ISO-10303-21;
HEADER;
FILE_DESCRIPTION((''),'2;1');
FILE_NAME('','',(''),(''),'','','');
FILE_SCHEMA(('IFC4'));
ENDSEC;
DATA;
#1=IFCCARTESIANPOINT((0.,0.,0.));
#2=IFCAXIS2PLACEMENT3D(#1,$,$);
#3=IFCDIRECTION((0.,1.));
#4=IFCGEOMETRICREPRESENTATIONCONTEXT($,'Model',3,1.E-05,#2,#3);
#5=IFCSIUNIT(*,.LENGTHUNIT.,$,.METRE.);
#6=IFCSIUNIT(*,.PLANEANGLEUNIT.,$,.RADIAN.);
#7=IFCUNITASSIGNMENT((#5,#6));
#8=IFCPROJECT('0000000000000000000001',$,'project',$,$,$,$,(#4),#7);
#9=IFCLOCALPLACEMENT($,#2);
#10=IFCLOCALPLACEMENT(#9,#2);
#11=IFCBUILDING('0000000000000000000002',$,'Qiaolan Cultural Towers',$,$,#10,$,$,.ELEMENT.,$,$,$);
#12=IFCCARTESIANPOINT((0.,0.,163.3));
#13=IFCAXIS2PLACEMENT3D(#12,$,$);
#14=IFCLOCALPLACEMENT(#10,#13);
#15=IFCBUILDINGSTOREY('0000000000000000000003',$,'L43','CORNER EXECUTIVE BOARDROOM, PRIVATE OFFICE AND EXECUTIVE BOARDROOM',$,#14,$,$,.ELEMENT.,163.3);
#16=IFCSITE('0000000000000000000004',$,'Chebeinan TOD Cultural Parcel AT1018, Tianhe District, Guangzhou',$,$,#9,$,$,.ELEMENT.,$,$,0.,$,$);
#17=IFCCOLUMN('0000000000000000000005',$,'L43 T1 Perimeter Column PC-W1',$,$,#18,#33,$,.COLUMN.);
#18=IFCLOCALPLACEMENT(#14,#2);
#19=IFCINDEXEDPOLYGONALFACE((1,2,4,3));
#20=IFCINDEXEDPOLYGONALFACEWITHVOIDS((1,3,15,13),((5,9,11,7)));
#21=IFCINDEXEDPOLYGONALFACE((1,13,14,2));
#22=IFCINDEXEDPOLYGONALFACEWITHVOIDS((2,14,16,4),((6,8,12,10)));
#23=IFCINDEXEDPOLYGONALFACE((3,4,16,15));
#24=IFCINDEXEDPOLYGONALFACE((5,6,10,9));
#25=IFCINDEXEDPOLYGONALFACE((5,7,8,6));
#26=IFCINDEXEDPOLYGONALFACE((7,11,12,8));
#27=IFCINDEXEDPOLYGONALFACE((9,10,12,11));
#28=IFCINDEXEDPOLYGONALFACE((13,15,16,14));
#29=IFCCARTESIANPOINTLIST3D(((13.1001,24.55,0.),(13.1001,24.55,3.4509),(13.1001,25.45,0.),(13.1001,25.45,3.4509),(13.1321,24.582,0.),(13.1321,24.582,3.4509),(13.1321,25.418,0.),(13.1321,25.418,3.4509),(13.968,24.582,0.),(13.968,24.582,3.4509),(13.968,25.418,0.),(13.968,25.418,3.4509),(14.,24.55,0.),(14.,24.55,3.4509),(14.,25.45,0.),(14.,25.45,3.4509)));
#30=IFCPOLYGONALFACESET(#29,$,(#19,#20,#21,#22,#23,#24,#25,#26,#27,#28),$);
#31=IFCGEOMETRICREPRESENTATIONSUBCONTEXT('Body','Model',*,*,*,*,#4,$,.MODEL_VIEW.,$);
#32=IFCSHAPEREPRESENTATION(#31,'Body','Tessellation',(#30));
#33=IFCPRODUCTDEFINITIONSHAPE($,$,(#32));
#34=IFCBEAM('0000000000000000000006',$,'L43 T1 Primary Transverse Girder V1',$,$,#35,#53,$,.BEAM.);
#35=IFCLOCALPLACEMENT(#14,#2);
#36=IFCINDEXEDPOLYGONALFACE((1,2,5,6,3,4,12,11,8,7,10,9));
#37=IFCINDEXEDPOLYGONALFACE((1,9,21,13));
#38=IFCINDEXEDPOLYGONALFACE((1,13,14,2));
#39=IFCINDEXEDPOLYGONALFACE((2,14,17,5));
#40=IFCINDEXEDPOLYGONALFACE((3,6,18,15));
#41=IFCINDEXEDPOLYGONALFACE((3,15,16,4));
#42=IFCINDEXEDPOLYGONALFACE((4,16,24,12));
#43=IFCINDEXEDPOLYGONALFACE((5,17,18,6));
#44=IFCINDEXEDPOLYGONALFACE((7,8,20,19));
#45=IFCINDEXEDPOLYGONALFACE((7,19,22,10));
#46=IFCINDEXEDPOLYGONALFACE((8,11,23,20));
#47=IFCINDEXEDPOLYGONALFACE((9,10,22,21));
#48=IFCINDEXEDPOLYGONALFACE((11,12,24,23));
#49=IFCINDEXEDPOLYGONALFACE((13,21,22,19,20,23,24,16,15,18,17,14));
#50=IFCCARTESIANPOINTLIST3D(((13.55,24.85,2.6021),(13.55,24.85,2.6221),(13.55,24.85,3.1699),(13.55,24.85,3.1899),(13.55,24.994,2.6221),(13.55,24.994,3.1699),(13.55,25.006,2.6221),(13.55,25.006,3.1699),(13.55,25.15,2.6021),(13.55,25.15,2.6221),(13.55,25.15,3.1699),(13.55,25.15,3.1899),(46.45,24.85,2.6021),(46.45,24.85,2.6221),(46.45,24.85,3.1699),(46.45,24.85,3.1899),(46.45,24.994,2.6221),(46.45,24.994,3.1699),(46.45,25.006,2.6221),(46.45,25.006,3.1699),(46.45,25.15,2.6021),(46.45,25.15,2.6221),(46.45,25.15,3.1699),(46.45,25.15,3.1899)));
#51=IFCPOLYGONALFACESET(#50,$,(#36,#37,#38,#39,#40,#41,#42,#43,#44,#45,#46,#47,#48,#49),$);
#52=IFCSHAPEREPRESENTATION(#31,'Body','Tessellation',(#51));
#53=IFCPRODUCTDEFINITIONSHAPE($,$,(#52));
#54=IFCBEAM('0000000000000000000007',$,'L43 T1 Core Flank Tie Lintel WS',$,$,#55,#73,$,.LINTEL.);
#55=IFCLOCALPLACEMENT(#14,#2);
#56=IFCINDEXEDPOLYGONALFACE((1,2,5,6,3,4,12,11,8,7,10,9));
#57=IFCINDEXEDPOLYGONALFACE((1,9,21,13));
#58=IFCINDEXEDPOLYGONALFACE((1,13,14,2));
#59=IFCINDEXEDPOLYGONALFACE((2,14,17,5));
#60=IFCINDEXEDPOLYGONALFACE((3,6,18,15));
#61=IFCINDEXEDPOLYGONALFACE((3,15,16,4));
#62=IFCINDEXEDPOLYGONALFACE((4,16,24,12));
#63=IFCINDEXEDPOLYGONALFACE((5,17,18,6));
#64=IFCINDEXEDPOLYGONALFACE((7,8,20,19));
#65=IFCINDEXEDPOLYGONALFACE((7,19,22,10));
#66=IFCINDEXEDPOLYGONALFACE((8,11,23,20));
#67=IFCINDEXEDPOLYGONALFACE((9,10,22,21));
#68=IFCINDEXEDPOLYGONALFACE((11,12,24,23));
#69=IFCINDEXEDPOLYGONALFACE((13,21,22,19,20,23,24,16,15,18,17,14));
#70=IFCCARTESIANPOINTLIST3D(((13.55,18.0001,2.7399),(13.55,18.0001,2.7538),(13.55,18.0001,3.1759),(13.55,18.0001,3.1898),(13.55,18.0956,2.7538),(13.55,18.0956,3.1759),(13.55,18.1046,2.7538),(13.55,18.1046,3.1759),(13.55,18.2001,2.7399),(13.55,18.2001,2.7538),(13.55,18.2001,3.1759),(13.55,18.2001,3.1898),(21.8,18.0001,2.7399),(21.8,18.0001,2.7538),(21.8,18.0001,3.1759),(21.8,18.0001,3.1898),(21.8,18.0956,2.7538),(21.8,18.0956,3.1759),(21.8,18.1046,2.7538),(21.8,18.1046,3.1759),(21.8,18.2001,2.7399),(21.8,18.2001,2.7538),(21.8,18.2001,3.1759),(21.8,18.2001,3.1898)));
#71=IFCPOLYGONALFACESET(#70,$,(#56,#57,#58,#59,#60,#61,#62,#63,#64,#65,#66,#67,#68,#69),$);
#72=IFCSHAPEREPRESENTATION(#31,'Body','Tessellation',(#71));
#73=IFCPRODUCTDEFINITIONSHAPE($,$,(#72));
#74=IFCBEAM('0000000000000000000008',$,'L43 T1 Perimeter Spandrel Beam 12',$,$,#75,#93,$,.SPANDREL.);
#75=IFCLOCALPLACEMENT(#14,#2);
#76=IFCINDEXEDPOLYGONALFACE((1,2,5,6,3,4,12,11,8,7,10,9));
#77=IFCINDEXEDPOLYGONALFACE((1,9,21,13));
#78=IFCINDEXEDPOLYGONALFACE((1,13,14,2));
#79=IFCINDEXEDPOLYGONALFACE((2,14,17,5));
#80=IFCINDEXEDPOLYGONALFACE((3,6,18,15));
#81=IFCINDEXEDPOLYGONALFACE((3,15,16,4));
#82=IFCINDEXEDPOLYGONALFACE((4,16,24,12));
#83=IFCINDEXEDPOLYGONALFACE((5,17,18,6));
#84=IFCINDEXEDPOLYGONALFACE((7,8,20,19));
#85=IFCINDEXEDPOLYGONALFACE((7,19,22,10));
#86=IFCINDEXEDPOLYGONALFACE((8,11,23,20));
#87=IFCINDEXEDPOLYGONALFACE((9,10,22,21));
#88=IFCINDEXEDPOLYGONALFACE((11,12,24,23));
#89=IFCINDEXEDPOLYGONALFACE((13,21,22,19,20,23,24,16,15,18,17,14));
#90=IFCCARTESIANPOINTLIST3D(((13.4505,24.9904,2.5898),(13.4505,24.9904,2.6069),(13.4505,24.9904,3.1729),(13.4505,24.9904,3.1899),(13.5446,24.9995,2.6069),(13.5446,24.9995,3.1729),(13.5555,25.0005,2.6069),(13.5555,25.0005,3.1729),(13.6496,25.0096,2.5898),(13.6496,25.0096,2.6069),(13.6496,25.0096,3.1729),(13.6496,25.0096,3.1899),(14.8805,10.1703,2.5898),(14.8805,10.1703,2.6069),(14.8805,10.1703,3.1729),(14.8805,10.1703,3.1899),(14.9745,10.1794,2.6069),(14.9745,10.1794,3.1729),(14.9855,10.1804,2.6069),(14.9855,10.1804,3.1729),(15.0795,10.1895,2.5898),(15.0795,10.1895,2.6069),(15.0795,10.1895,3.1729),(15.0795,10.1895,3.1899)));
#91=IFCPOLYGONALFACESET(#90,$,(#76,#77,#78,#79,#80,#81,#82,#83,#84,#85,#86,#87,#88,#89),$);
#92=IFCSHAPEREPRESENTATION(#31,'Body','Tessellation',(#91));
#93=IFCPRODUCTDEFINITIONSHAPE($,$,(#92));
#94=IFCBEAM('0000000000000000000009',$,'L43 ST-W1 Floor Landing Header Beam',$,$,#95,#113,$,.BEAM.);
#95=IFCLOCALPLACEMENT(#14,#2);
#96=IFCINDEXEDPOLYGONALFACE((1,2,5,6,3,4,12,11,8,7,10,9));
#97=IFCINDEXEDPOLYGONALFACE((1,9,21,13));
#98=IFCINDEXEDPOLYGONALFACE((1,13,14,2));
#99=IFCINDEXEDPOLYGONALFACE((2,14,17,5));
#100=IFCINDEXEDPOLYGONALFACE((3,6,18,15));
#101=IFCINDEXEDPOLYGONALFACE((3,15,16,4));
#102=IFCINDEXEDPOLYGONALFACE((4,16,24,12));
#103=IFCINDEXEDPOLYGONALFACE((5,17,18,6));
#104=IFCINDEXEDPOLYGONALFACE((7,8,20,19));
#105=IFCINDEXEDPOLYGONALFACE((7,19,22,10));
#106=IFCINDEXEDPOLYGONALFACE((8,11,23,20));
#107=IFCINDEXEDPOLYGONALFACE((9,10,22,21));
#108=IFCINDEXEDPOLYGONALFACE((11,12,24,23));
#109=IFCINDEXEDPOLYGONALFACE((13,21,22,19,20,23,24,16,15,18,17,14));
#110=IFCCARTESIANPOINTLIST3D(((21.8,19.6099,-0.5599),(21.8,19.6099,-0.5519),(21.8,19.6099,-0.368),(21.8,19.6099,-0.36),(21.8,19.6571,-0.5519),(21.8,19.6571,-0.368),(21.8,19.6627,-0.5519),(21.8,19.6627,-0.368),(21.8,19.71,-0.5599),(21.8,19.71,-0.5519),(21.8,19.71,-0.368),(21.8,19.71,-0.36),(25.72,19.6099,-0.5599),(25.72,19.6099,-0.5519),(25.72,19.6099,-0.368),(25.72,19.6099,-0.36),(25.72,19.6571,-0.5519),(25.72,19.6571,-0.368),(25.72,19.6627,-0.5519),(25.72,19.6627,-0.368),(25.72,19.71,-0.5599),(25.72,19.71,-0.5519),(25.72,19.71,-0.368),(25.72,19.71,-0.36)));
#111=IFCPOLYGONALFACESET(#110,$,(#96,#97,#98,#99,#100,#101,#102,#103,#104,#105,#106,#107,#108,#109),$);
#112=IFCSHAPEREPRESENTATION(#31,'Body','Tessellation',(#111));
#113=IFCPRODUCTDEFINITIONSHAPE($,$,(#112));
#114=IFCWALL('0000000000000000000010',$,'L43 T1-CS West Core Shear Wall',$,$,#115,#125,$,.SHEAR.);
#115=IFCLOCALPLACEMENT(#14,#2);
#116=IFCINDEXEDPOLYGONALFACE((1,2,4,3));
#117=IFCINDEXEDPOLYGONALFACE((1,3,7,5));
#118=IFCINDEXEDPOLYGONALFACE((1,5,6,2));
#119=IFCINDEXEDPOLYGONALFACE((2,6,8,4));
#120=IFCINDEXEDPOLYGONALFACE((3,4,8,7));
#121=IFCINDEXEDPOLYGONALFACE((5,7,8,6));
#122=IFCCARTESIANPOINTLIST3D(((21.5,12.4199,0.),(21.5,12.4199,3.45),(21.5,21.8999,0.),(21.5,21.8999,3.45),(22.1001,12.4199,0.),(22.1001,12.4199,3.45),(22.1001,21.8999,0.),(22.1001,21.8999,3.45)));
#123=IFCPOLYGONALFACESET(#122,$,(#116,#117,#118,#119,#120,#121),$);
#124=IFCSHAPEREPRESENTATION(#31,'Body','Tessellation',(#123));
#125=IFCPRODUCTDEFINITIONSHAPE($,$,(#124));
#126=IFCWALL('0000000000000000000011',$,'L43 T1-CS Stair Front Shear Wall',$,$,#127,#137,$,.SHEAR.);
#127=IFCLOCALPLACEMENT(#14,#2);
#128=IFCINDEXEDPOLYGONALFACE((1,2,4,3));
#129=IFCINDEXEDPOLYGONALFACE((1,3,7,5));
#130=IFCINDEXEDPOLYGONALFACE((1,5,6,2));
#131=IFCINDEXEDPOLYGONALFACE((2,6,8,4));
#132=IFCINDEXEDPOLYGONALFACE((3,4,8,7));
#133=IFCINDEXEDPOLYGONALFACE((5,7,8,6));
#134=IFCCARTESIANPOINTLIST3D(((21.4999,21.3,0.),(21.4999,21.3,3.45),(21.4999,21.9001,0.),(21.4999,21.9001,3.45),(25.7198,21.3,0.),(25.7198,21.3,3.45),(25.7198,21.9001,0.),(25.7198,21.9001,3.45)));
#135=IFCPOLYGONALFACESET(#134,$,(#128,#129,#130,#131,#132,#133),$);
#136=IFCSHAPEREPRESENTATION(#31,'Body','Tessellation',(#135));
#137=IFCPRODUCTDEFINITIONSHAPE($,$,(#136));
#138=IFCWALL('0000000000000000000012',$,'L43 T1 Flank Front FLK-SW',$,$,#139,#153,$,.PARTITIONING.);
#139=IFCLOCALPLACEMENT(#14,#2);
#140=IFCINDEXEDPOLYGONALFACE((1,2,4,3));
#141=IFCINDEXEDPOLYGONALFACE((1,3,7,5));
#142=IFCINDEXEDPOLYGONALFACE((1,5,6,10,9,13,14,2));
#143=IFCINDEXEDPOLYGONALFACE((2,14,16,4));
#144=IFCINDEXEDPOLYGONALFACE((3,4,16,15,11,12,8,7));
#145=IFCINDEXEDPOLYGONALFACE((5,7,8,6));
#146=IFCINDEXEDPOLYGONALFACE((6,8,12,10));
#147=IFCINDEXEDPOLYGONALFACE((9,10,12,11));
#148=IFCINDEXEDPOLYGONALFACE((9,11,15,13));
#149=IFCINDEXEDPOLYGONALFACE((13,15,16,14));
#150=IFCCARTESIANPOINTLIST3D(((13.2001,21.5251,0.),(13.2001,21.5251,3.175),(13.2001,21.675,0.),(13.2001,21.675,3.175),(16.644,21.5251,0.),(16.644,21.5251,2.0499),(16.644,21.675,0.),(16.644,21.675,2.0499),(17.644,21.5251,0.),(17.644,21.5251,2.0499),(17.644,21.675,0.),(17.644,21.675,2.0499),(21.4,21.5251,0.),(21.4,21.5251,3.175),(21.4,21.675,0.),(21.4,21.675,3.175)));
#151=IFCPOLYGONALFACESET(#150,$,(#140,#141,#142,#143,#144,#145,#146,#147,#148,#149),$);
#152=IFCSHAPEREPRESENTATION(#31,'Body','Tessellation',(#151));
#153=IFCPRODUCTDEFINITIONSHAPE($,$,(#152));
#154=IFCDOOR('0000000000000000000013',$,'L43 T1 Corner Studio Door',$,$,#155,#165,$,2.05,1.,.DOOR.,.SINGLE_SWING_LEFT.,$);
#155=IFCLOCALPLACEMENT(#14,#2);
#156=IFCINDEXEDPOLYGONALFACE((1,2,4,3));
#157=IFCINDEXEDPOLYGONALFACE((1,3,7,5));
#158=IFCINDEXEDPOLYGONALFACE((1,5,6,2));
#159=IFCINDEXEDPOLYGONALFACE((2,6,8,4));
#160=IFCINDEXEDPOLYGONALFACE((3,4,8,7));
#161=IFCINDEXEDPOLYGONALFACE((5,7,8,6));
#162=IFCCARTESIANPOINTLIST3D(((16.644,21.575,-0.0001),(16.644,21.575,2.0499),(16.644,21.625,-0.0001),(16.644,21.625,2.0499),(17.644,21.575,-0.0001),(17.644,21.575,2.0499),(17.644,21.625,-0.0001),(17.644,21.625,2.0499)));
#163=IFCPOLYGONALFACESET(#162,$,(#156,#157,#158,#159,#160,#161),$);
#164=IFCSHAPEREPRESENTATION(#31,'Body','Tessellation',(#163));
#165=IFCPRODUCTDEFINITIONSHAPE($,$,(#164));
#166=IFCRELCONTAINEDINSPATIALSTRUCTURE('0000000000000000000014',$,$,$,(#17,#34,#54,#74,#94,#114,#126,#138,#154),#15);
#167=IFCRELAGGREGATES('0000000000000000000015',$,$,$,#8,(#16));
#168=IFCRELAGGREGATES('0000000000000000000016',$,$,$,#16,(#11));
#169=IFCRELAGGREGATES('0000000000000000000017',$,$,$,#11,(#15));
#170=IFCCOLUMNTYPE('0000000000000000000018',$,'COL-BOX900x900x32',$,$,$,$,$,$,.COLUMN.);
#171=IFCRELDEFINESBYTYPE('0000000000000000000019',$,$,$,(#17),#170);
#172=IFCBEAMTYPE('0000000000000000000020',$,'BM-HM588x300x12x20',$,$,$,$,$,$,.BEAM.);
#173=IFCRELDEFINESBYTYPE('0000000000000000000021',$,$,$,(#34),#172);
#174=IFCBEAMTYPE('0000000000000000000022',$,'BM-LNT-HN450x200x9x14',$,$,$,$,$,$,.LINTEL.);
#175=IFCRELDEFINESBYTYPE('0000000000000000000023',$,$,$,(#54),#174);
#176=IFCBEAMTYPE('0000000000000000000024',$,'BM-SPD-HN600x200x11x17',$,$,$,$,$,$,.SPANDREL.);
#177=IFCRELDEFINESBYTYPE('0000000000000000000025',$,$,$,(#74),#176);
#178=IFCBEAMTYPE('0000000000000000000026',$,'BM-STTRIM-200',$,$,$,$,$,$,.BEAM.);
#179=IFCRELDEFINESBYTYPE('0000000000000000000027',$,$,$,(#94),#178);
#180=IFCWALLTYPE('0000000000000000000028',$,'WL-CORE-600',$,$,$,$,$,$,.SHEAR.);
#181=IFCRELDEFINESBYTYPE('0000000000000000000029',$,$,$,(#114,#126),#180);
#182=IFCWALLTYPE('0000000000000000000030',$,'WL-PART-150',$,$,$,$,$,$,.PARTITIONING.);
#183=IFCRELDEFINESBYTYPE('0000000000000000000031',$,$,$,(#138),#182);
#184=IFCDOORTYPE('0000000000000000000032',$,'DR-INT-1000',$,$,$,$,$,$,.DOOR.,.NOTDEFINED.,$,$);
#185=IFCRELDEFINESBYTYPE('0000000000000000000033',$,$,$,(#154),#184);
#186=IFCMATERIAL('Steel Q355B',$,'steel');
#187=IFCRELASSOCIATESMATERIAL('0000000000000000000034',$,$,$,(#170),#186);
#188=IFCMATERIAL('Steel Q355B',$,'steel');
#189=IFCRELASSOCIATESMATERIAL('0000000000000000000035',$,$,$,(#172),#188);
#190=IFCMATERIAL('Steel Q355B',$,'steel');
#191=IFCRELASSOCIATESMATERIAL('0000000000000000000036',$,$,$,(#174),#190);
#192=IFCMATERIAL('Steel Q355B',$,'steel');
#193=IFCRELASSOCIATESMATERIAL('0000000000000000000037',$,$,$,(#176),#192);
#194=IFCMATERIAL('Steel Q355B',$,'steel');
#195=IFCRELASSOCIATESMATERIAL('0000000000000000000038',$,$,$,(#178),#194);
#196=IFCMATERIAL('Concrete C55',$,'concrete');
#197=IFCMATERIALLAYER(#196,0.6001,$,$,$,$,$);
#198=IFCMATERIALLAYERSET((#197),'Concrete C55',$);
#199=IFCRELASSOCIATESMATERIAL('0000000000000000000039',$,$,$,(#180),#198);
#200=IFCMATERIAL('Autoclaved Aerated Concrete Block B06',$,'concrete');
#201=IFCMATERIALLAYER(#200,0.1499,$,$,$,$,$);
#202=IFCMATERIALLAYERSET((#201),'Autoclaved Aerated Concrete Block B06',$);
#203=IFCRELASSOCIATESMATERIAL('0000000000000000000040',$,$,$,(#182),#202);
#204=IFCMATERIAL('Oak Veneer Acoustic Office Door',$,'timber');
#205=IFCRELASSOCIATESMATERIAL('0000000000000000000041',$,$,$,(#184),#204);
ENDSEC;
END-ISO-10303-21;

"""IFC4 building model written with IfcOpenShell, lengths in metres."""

from ifc_helpers import new_model, si_unit, direction, frame, frame_2d, origin, origin_2d, place, context, subcontext, project, spatial, rectangle, hollow_rectangle, i_section, extrude, material, layer, layer_set, material_profile, profile_set, type_object, element, fill, save


model = new_model("IFC4")

# Units and contexts
model_context = context("Model", 3, precision=1e-05, world=origin(), true_north=direction((0.0, 1.0)))
body_context = subcontext(model_context, "Body", "Model", "MODEL_VIEW")
ifc_project = project(units=[si_unit("LENGTHUNIT", "METRE"), si_unit("PLANEANGLEUNIT", "RADIAN")], contexts=[model_context])

# Site, building, storey
site_placement = place(None, origin())
site = spatial("IfcSite", under=ifc_project, at=site_placement, Name="Chebeinan TOD Cultural Parcel AT1018, Tianhe District, Guangzhou", CompositionType="ELEMENT", RefElevation=0.0)
building_placement = place(site_placement, origin())
building = spatial("IfcBuilding", under=site, at=building_placement, Name="Qiaolan Cultural Towers", CompositionType="ELEMENT")
storey_placement = place(building_placement, frame((0.0, 0.0, 163.3)))
storey = spatial("IfcBuildingStorey", under=building, at=storey_placement, Name="L43", Description="CORNER EXECUTIVE BOARDROOM, PRIVATE OFFICE AND EXECUTIVE BOARDROOM", CompositionType="ELEMENT", Elevation=163.3)

# Column
ifc_material_1 = material(Name="Steel Q355B", Category="steel")
ifc_material_profile_1 = material_profile(ifc_material_1, hollow_rectangle(XDim=0.8999, YDim=0.8999, WallThickness=0.032, at=origin_2d()), Name="BOX900x900x32")
ifc_profile_set_1 = profile_set([ifc_material_profile_1], Name="Steel Q355B")
column_type = type_object("IfcColumnType", Name="COL-BOX900x900x32", PredefinedType="COLUMN", material=ifc_profile_set_1)
column_placement = place(storey_placement, frame((13.55, 25.0, 0.0), z_axis=(0.0, 0.0, 1.0), x_axis=(1.0, 0.0, 0.0)))
element("IfcColumn", 1, at=column_placement, inside=storey, type_object=column_type, Name="L43 T1 Perimeter Column PC-W1", PredefinedType="COLUMN", context=body_context, shape_type="SweptSolid", body=[
    extrude(hollow_rectangle(XDim=0.8999, YDim=0.8999, WallThickness=0.032, at=origin_2d()), origin(), (0.0, 0.0, 1.0), 3.4509),
])

# Beams
ifc_material_2 = material(Name="Steel Q355B", Category="steel")
ifc_material_profile_2 = material_profile(ifc_material_2, i_section(OverallWidth=0.3, OverallDepth=0.5879, WebThickness=0.012, FlangeThickness=0.02, at=origin_2d()), Name="HM588x300x12x20")
ifc_profile_set_2 = profile_set([ifc_material_profile_2], Name="Steel Q355B")
beam_type_1 = type_object("IfcBeamType", Name="BM-HM588x300x12x20", PredefinedType="BEAM", material=ifc_profile_set_2)
beam_1_placement = place(storey_placement, frame((13.55, 25.0, 2.896), z_axis=(1.0, 0.0, 0.0), x_axis=(0.0, 1.0, 0.0)))
element("IfcBeam", 2, at=beam_1_placement, inside=storey, type_object=beam_type_1, Name="L43 T1 Primary Transverse Girder V1", PredefinedType="BEAM", context=body_context, shape_type="SweptSolid", body=[
    extrude(i_section(OverallWidth=0.3, OverallDepth=0.5879, WebThickness=0.012, FlangeThickness=0.02, at=origin_2d()), origin(), (0.0, 0.0, 1.0), 32.8999),
])
ifc_material_3 = material(Name="Steel Q355B", Category="steel")
ifc_material_profile_3 = material_profile(ifc_material_3, i_section(OverallWidth=0.2, OverallDepth=0.45, WebThickness=0.009, FlangeThickness=0.0139, at=origin_2d()), Name="HN450x200x9x14")
ifc_profile_set_3 = profile_set([ifc_material_profile_3], Name="Steel Q355B")
beam_type_2 = type_object("IfcBeamType", Name="BM-LNT-HN450x200x9x14", PredefinedType="LINTEL", material=ifc_profile_set_3)
beam_2_placement = place(storey_placement, frame((21.8, 18.1001, 2.9648), z_axis=(-1.0, 0.0, 0.0), x_axis=(0.0, -1.0, 0.0)))
element("IfcBeam", 3, at=beam_2_placement, inside=storey, type_object=beam_type_2, Name="L43 T1 Core Flank Tie Lintel WS", PredefinedType="LINTEL", context=body_context, shape_type="SweptSolid", body=[
    extrude(i_section(OverallWidth=0.2, OverallDepth=0.45, WebThickness=0.009, FlangeThickness=0.0139, at=origin_2d()), origin(), (0.0, 0.0, 1.0), 8.25),
])
ifc_material_4 = material(Name="Steel Q355B", Category="steel")
ifc_material_profile_4 = material_profile(ifc_material_4, i_section(OverallWidth=0.2, OverallDepth=0.6001, WebThickness=0.011, FlangeThickness=0.0171, at=origin_2d()), Name="HN600x200x11x17")
ifc_profile_set_4 = profile_set([ifc_material_profile_4], Name="Steel Q355B")
beam_type_3 = type_object("IfcBeamType", Name="BM-SPD-HN600x200x11x17", PredefinedType="SPANDREL", material=ifc_profile_set_4)
beam_3_placement = place(storey_placement, frame((13.55, 25.0, 2.8899), z_axis=(0.09604, -0.995377, 0.0), x_axis=(0.995377, 0.09604, 0.0)))
element("IfcBeam", 4, at=beam_3_placement, inside=storey, type_object=beam_type_3, Name="L43 T1 Perimeter Spandrel Beam 12", PredefinedType="SPANDREL", context=body_context, shape_type="SweptSolid", body=[
    extrude(i_section(OverallWidth=0.2, OverallDepth=0.6001, WebThickness=0.011, FlangeThickness=0.0171, at=origin_2d()), origin(), (0.0, 0.0, 1.0), 14.8889),
])
ifc_material_5 = material(Name="Steel Q355B", Category="steel")
ifc_material_profile_5 = material_profile(ifc_material_5, i_section(OverallWidth=0.1001, OverallDepth=0.2, WebThickness=0.0056, FlangeThickness=0.0081, at=origin_2d()), Name="HN200x100x5.5x8")
ifc_profile_set_5 = profile_set([ifc_material_profile_5], Name="Steel Q355B")
beam_type_4 = type_object("IfcBeamType", Name="BM-STTRIM-200", PredefinedType="BEAM", material=ifc_profile_set_5)
beam_4_placement = place(storey_placement, frame((21.8, 19.6599, -0.46), z_axis=(1.0, 0.0, 0.0), x_axis=(0.0, 1.0, 0.0)))
element("IfcBeam", 5, at=beam_4_placement, inside=storey, type_object=beam_type_4, Name="L43 ST-W1 Floor Landing Header Beam", PredefinedType="BEAM", context=body_context, shape_type="SweptSolid", body=[
    extrude(i_section(OverallWidth=0.1001, OverallDepth=0.2, WebThickness=0.0056, FlangeThickness=0.0081, at=origin_2d()), origin(), (0.0, 0.0, 1.0), 3.9199),
])

# Walls
ifc_material_6 = material(Name="Concrete C55", Category="concrete")
ifc_layer_1 = layer(ifc_material_6, 0.6001)
ifc_layer_set_1 = layer_set([ifc_layer_1], Name="Concrete C55")
wall_type_1 = type_object("IfcWallType", Name="WL-CORE-600", PredefinedType="SHEAR", material=ifc_layer_set_1)
wall_1_placement = place(storey_placement, frame((21.8, 21.8999, 0.0), z_axis=(0.0, 0.0, 1.0), x_axis=(0.0, -1.0, 0.0)))
element("IfcWall", 6, at=wall_1_placement, inside=storey, type_object=wall_type_1, Name="L43 T1-CS West Core Shear Wall", PredefinedType="SHEAR", context=body_context, shape_type="SweptSolid", body=[
    extrude(rectangle(XDim=9.48, YDim=0.6001, at=frame_2d((4.74, 0.0))), origin(), (0.0, 0.0, 1.0), 3.45),
])
wall_2_placement = place(storey_placement, frame((21.5, 21.6001, 0.0), z_axis=(0.0, 0.0, 1.0), x_axis=(1.0, 0.0, 0.0)))
element("IfcWall", 7, at=wall_2_placement, inside=storey, type_object=wall_type_1, Name="L43 T1-CS Stair Front Shear Wall", PredefinedType="SHEAR", context=body_context, shape_type="SweptSolid", body=[
    extrude(rectangle(XDim=4.22, YDim=0.6001, at=frame_2d((2.1099, 0.0))), origin(), (0.0, 0.0, 1.0), 3.45),
])

# Wall, opening, door
ifc_material_7 = material(Name="Autoclaved Aerated Concrete Block B06", Category="concrete")
ifc_layer_2 = layer(ifc_material_7, 0.1499)
ifc_layer_set_2 = layer_set([ifc_layer_2], Name="Autoclaved Aerated Concrete Block B06")
wall_type_2 = type_object("IfcWallType", Name="WL-PART-150", PredefinedType="PARTITIONING", material=ifc_layer_set_2)
wall_3_placement = place(storey_placement, frame((13.2, 21.6001, 0.0), z_axis=(0.0, 0.0, 1.0), x_axis=(1.0, 0.0, 0.0)))
wall_3 = element("IfcWall", 8, at=wall_3_placement, inside=storey, type_object=wall_type_2, Name="L43 T1 Flank Front FLK-SW", PredefinedType="PARTITIONING", context=body_context, shape_type="SweptSolid", body=[
    extrude(rectangle(XDim=8.2, YDim=0.1499, at=frame_2d((4.1001, 0.0))), origin(), (0.0, 0.0, 1.0), 3.175),
])
opening_1_placement = place(wall_3_placement, frame((3.4441, 0.0, 0.0)))
opening_1 = element("IfcOpeningElement", 9, at=opening_1_placement, cuts=wall_3, PredefinedType="OPENING", context=body_context, shape_type="SweptSolid", body=[
    extrude(rectangle(XDim=1.0, YDim=2.05, at=frame_2d((0.5, 1.0249))), frame((0.0, 0.085, 0.0), z_axis=(0.0, -1.0, 0.0), x_axis=(1.0, 0.0, 0.0)), (0.0, 0.0, 1.0), 0.1699),
])
ifc_material_8 = material(Name="Oak Veneer Acoustic Office Door", Category="timber")
door_type_1 = type_object("IfcDoorType", Name="DR-INT-1000", OperationType="NOTDEFINED", PredefinedType="DOOR", material=ifc_material_8)
door_1_placement = place(opening_1_placement, origin())
door_1 = element("IfcDoor", 10, at=door_1_placement, inside=storey, type_object=door_type_1, Name="L43 T1 Corner Studio Door", OperationType="SINGLE_SWING_LEFT", OverallHeight=2.05, OverallWidth=1.0, PredefinedType="DOOR", context=body_context, shape_type="SweptSolid", body=[
    extrude(rectangle(XDim=1.0, YDim=2.05, at=frame_2d((0.5, 1.0249))), frame((0.0, 0.0249, 0.0), z_axis=(0.0, -1.0, 0.0), x_axis=(1.0, 0.0, 0.0)), (0.0, 0.0, 1.0), 0.05),
])
fill(opening_1, door_1)

save(model, "model.ifc")
